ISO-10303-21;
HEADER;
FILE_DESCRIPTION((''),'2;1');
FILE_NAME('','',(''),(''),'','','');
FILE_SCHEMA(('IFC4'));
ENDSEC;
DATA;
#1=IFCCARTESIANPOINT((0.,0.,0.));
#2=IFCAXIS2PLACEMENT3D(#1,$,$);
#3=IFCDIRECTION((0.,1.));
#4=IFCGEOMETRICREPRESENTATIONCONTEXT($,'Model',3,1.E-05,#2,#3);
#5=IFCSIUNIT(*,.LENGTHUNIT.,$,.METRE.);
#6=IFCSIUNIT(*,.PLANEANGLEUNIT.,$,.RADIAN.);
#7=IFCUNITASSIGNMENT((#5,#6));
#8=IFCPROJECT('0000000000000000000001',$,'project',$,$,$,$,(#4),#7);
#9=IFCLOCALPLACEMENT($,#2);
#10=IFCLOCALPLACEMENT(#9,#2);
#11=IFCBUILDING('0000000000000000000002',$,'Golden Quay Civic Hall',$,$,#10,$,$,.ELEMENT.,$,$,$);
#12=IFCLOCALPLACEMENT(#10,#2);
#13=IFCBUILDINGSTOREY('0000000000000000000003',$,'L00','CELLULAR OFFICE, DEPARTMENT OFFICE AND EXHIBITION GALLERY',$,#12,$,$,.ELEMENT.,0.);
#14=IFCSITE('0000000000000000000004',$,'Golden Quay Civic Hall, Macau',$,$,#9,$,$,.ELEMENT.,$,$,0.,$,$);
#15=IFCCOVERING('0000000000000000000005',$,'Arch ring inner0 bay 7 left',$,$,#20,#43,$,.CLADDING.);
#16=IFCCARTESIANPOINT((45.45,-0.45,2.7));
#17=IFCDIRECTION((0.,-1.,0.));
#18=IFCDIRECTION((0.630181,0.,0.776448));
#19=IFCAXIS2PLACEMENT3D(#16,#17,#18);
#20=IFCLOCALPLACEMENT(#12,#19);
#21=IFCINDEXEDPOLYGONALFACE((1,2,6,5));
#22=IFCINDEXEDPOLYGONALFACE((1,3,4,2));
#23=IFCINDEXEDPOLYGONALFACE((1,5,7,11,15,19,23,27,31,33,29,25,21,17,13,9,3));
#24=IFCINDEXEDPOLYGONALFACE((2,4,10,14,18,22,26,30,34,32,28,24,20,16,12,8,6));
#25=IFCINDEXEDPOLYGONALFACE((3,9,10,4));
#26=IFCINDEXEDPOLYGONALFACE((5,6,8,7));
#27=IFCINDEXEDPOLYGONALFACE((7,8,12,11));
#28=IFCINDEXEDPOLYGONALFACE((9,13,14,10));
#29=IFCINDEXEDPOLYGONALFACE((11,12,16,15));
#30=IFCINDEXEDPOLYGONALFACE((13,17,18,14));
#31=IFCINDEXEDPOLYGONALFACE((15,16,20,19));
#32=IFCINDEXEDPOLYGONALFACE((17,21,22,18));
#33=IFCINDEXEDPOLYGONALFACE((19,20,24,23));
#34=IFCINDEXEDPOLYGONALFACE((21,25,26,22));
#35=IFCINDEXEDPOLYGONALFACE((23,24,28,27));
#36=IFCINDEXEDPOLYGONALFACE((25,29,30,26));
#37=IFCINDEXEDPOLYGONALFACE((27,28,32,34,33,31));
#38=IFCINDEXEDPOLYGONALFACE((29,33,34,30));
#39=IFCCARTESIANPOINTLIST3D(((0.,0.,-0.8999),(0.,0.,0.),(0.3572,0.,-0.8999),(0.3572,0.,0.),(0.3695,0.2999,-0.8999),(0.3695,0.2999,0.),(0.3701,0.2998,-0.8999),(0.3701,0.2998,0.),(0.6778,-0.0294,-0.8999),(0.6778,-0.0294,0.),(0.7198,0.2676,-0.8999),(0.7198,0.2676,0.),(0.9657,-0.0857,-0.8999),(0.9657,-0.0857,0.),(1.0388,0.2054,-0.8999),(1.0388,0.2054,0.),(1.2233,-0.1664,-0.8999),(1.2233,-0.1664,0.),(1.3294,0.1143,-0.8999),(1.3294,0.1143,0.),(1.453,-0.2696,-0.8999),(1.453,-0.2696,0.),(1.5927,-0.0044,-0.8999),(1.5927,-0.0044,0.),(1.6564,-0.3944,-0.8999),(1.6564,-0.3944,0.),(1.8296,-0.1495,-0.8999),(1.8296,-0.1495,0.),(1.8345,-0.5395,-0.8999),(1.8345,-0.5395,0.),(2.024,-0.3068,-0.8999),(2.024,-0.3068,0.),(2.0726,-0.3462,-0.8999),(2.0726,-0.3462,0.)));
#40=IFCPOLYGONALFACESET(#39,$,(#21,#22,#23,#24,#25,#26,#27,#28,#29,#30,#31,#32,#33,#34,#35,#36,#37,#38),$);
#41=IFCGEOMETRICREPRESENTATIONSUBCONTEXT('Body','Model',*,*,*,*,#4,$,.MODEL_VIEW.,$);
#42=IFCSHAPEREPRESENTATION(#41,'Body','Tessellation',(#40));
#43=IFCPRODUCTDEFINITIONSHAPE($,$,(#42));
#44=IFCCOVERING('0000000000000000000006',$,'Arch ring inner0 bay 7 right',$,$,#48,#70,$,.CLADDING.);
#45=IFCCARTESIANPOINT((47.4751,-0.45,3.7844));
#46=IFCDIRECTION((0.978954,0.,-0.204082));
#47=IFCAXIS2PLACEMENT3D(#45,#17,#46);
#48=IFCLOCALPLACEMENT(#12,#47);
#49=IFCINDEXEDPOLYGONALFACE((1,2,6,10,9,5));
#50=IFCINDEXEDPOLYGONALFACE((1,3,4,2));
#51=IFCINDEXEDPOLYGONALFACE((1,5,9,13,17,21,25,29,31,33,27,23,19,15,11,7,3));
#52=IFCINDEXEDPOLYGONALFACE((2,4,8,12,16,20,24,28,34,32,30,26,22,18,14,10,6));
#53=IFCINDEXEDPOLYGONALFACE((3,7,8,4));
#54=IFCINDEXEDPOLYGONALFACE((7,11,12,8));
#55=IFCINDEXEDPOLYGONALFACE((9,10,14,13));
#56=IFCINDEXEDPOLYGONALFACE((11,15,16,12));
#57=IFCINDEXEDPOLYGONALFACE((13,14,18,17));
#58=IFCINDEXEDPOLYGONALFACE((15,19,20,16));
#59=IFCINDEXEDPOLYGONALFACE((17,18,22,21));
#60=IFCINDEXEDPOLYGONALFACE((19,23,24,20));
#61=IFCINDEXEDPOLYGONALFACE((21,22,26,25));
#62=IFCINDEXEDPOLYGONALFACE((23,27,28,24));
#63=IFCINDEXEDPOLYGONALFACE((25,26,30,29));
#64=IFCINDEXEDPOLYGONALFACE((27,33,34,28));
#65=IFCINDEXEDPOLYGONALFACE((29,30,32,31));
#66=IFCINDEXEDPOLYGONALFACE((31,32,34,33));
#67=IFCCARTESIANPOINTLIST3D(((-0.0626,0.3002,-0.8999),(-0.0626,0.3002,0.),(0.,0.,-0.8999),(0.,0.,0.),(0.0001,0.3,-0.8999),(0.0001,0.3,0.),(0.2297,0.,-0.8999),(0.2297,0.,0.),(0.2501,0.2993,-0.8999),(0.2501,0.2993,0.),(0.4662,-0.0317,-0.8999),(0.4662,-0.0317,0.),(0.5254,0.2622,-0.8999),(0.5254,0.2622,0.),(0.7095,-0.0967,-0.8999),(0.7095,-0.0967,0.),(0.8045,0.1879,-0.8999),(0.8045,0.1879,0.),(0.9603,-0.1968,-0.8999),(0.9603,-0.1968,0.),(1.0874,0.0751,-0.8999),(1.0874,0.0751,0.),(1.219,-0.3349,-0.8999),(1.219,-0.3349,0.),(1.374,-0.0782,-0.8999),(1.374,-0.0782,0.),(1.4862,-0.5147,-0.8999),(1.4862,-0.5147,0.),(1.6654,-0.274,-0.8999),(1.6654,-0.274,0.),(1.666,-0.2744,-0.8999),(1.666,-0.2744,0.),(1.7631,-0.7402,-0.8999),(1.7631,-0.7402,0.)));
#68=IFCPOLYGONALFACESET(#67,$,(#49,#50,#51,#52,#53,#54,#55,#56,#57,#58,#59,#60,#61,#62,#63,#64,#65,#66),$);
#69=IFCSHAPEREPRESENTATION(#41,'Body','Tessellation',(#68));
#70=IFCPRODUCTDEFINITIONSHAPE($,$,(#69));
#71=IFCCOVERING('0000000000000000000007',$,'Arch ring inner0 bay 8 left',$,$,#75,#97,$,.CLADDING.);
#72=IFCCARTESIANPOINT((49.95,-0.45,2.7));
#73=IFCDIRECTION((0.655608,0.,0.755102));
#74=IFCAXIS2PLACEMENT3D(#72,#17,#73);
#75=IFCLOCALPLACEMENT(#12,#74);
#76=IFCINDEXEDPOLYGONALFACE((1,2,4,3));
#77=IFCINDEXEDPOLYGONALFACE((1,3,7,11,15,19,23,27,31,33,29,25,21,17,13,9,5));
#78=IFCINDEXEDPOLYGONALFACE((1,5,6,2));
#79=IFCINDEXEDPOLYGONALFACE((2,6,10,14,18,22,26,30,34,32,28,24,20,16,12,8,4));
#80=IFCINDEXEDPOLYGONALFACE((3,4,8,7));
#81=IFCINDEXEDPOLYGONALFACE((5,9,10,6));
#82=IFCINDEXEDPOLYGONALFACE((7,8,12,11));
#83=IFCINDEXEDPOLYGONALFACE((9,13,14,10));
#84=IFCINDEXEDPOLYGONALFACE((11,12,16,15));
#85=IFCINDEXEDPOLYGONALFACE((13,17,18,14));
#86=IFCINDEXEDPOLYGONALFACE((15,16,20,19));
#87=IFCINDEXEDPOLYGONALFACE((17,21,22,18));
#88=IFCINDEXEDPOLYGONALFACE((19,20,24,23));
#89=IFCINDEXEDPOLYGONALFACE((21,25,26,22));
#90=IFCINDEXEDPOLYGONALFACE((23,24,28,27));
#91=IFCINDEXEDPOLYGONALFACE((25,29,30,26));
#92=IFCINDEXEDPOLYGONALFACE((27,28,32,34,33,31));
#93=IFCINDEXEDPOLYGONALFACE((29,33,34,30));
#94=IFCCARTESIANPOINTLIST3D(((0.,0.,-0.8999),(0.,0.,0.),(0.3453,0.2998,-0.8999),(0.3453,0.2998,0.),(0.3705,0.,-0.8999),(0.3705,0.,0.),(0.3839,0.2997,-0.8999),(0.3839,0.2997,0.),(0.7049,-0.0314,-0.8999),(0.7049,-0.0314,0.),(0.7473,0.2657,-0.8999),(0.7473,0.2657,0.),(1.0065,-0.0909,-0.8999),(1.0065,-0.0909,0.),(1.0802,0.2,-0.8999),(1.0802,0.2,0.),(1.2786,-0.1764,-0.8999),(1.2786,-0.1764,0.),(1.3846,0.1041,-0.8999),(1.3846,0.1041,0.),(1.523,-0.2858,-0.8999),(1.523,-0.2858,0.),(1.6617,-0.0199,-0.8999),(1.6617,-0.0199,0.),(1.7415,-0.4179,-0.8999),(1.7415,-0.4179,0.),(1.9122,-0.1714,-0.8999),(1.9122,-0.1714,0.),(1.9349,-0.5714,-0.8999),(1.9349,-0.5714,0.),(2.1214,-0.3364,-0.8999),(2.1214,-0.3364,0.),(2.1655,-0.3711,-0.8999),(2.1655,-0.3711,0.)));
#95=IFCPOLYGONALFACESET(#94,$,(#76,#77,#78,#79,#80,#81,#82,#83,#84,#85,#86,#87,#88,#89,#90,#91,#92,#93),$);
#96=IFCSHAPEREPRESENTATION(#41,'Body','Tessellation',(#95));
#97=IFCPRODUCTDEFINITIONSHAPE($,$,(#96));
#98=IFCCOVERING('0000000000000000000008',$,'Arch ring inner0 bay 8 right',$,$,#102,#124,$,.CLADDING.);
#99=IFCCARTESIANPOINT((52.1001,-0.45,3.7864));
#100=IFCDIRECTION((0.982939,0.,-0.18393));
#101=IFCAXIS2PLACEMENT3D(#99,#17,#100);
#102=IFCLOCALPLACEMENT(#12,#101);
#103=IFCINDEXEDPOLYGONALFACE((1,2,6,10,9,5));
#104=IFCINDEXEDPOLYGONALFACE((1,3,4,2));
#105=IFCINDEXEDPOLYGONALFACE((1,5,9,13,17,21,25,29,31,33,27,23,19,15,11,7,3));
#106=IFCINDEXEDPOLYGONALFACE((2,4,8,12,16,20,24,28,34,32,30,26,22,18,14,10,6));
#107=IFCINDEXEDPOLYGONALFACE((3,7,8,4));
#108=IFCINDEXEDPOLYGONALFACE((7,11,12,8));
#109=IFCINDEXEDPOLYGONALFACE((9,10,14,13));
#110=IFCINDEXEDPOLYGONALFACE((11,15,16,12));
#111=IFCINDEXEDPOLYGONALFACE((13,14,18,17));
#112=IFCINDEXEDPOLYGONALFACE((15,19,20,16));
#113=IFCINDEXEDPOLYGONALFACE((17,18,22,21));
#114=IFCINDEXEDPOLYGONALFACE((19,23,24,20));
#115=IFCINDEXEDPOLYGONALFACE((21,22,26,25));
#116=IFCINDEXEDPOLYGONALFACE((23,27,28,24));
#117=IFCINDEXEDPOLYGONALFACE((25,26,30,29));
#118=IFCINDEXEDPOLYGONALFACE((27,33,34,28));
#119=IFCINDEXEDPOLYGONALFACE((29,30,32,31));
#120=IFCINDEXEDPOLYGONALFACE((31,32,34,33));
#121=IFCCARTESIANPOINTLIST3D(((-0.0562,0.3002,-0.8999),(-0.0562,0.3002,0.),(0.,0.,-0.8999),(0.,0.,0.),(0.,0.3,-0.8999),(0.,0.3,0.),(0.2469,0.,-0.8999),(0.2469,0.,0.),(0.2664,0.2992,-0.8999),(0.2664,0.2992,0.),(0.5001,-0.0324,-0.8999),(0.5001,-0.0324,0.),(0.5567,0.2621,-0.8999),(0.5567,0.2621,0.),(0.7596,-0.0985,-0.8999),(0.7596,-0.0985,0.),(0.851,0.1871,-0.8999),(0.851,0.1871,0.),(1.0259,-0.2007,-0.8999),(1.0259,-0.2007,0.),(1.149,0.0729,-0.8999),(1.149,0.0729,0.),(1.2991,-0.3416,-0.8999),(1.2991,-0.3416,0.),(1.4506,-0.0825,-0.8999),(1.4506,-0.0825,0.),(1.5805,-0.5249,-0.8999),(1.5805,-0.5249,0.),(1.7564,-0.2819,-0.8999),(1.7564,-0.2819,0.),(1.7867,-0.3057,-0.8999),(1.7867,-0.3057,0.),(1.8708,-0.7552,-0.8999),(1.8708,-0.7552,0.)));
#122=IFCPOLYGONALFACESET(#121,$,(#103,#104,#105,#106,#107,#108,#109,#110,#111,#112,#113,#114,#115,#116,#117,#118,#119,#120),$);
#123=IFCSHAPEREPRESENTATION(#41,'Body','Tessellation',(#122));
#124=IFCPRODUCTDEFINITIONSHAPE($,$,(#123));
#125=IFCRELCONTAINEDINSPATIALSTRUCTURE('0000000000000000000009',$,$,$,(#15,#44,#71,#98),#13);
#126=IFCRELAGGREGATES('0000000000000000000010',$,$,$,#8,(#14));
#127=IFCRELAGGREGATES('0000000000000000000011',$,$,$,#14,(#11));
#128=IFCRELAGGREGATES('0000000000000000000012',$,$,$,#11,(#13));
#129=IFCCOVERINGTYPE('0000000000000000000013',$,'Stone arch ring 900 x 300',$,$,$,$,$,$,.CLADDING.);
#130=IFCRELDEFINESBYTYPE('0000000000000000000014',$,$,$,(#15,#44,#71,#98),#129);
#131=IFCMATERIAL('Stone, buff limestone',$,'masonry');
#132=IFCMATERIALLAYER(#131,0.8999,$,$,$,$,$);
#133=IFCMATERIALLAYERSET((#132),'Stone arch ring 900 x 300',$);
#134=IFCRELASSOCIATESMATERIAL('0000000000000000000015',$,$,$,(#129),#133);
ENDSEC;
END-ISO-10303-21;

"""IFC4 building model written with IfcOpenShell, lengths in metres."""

from ifc_helpers import new_model, si_unit, direction, frame, origin, place, context, subcontext, project, spatial, polyline, outline, extrude, material, layer, layer_set, type_object, element, save


model = new_model("IFC4")

# Units and contexts
model_context = context("Model", 3, precision=1e-05, world=origin(), true_north=direction((0.0, 1.0)))
body_context = subcontext(model_context, "Body", "Model", "MODEL_VIEW")
ifc_project = project(units=[si_unit("LENGTHUNIT", "METRE"), si_unit("PLANEANGLEUNIT", "RADIAN")], contexts=[model_context])

# Site, building, storey
site_placement = place(None, origin())
site = spatial("IfcSite", under=ifc_project, at=site_placement, Name="Golden Quay Civic Hall, Macau", CompositionType="ELEMENT", RefElevation=0.0)
building_placement = place(site_placement, origin())
building = spatial("IfcBuilding", under=site, at=building_placement, Name="Golden Quay Civic Hall", CompositionType="ELEMENT")
storey_placement = place(building_placement, origin())
storey = spatial("IfcBuildingStorey", under=building, at=storey_placement, Name="L00", Description="CELLULAR OFFICE, DEPARTMENT OFFICE AND EXHIBITION GALLERY", CompositionType="ELEMENT", Elevation=0.0)

# Coverings
ifc_material_1 = material(Name="Stone, buff limestone", Category="masonry")
ifc_layer_1 = layer(ifc_material_1, 0.8999)
ifc_layer_set_1 = layer_set([ifc_layer_1], Name="Stone arch ring 900 x 300")
covering_type_1 = type_object("IfcCoveringType", Name="Stone arch ring 900 x 300", PredefinedType="CLADDING", material=ifc_layer_set_1)
covering_1_placement = place(storey_placement, frame((45.45, -0.45, 2.7), z_axis=(0.0, -1.0, 0.0), x_axis=(0.630181, 0.0, 0.776448)))
element("IfcCovering", 1, at=covering_1_placement, inside=storey, type_object=covering_type_1, Name="Arch ring inner0 bay 7 left", PredefinedType="CLADDING", context=body_context, shape_type="SweptSolid", body=[
    extrude(outline(polyline([(0.0, 0.0), (0.3572, 0.0), (0.6778, -0.0294), (0.9657, -0.0857), (1.2233, -0.1664), (1.453, -0.2696), (1.6564, -0.3944), (1.8345, -0.5395), (2.0726, -0.3462), (2.024, -0.3068), (1.8296, -0.1495), (1.5927, -0.0044), (1.3294, 0.1143), (1.0388, 0.2054), (0.7198, 0.2676), (0.3701, 0.2998), (0.3695, 0.2999), (0.0, 0.0)])), origin(), (0.0, 0.0, -1.0), 0.8999),
])
covering_2_placement = place(storey_placement, frame((47.4751, -0.45, 3.7844), z_axis=(0.0, -1.0, 0.0), x_axis=(0.978954, 0.0, -0.204082)))
element("IfcCovering", 2, at=covering_2_placement, inside=storey, type_object=covering_type_1, Name="Arch ring inner0 bay 7 right", PredefinedType="CLADDING", context=body_context, shape_type="SweptSolid", body=[
    extrude(outline(polyline([(0.0, 0.0), (0.2297, 0.0), (0.4662, -0.0317), (0.7095, -0.0967), (0.9603, -0.1968), (1.219, -0.3349), (1.4862, -0.5147), (1.7631, -0.7402), (1.666, -0.2744), (1.6654, -0.274), (1.374, -0.0782), (1.0874, 0.0751), (0.8045, 0.1879), (0.5254, 0.2622), (0.2501, 0.2993), (0.0001, 0.3), (-0.0626, 0.3002), (0.0, 0.0)])), origin(), (0.0, 0.0, -1.0), 0.8999),
])
covering_3_placement = place(storey_placement, frame((49.95, -0.45, 2.7), z_axis=(0.0, -1.0, 0.0), x_axis=(0.655608, 0.0, 0.755102)))
element("IfcCovering", 3, at=covering_3_placement, inside=storey, type_object=covering_type_1, Name="Arch ring inner0 bay 8 left", PredefinedType="CLADDING", context=body_context, shape_type="SweptSolid", body=[
    extrude(outline(polyline([(0.0, 0.0), (0.3705, 0.0), (0.7049, -0.0314), (1.0065, -0.0909), (1.2786, -0.1764), (1.523, -0.2858), (1.7415, -0.4179), (1.9349, -0.5714), (2.1655, -0.3711), (2.1214, -0.3364), (1.9122, -0.1714), (1.6617, -0.0199), (1.3846, 0.1041), (1.0802, 0.2), (0.7473, 0.2657), (0.3839, 0.2997), (0.3453, 0.2998), (0.0, 0.0)])), origin(), (0.0, 0.0, -1.0), 0.8999),
])
covering_4_placement = place(storey_placement, frame((52.1001, -0.45, 3.7864), z_axis=(0.0, -1.0, 0.0), x_axis=(0.982939, 0.0, -0.18393)))
element("IfcCovering", 4, at=covering_4_placement, inside=storey, type_object=covering_type_1, Name="Arch ring inner0 bay 8 right", PredefinedType="CLADDING", context=body_context, shape_type="SweptSolid", body=[
    extrude(outline(polyline([(0.0, 0.0), (0.2469, 0.0), (0.5001, -0.0324), (0.7596, -0.0985), (1.0259, -0.2007), (1.2991, -0.3416), (1.5805, -0.5249), (1.8708, -0.7552), (1.7867, -0.3057), (1.7564, -0.2819), (1.4506, -0.0825), (1.149, 0.0729), (0.851, 0.1871), (0.5567, 0.2621), (0.2664, 0.2992), (0.0, 0.3), (-0.0562, 0.3002), (0.0, 0.0)])), origin(), (0.0, 0.0, -1.0), 0.8999),
])

save(model, "model.ifc")
